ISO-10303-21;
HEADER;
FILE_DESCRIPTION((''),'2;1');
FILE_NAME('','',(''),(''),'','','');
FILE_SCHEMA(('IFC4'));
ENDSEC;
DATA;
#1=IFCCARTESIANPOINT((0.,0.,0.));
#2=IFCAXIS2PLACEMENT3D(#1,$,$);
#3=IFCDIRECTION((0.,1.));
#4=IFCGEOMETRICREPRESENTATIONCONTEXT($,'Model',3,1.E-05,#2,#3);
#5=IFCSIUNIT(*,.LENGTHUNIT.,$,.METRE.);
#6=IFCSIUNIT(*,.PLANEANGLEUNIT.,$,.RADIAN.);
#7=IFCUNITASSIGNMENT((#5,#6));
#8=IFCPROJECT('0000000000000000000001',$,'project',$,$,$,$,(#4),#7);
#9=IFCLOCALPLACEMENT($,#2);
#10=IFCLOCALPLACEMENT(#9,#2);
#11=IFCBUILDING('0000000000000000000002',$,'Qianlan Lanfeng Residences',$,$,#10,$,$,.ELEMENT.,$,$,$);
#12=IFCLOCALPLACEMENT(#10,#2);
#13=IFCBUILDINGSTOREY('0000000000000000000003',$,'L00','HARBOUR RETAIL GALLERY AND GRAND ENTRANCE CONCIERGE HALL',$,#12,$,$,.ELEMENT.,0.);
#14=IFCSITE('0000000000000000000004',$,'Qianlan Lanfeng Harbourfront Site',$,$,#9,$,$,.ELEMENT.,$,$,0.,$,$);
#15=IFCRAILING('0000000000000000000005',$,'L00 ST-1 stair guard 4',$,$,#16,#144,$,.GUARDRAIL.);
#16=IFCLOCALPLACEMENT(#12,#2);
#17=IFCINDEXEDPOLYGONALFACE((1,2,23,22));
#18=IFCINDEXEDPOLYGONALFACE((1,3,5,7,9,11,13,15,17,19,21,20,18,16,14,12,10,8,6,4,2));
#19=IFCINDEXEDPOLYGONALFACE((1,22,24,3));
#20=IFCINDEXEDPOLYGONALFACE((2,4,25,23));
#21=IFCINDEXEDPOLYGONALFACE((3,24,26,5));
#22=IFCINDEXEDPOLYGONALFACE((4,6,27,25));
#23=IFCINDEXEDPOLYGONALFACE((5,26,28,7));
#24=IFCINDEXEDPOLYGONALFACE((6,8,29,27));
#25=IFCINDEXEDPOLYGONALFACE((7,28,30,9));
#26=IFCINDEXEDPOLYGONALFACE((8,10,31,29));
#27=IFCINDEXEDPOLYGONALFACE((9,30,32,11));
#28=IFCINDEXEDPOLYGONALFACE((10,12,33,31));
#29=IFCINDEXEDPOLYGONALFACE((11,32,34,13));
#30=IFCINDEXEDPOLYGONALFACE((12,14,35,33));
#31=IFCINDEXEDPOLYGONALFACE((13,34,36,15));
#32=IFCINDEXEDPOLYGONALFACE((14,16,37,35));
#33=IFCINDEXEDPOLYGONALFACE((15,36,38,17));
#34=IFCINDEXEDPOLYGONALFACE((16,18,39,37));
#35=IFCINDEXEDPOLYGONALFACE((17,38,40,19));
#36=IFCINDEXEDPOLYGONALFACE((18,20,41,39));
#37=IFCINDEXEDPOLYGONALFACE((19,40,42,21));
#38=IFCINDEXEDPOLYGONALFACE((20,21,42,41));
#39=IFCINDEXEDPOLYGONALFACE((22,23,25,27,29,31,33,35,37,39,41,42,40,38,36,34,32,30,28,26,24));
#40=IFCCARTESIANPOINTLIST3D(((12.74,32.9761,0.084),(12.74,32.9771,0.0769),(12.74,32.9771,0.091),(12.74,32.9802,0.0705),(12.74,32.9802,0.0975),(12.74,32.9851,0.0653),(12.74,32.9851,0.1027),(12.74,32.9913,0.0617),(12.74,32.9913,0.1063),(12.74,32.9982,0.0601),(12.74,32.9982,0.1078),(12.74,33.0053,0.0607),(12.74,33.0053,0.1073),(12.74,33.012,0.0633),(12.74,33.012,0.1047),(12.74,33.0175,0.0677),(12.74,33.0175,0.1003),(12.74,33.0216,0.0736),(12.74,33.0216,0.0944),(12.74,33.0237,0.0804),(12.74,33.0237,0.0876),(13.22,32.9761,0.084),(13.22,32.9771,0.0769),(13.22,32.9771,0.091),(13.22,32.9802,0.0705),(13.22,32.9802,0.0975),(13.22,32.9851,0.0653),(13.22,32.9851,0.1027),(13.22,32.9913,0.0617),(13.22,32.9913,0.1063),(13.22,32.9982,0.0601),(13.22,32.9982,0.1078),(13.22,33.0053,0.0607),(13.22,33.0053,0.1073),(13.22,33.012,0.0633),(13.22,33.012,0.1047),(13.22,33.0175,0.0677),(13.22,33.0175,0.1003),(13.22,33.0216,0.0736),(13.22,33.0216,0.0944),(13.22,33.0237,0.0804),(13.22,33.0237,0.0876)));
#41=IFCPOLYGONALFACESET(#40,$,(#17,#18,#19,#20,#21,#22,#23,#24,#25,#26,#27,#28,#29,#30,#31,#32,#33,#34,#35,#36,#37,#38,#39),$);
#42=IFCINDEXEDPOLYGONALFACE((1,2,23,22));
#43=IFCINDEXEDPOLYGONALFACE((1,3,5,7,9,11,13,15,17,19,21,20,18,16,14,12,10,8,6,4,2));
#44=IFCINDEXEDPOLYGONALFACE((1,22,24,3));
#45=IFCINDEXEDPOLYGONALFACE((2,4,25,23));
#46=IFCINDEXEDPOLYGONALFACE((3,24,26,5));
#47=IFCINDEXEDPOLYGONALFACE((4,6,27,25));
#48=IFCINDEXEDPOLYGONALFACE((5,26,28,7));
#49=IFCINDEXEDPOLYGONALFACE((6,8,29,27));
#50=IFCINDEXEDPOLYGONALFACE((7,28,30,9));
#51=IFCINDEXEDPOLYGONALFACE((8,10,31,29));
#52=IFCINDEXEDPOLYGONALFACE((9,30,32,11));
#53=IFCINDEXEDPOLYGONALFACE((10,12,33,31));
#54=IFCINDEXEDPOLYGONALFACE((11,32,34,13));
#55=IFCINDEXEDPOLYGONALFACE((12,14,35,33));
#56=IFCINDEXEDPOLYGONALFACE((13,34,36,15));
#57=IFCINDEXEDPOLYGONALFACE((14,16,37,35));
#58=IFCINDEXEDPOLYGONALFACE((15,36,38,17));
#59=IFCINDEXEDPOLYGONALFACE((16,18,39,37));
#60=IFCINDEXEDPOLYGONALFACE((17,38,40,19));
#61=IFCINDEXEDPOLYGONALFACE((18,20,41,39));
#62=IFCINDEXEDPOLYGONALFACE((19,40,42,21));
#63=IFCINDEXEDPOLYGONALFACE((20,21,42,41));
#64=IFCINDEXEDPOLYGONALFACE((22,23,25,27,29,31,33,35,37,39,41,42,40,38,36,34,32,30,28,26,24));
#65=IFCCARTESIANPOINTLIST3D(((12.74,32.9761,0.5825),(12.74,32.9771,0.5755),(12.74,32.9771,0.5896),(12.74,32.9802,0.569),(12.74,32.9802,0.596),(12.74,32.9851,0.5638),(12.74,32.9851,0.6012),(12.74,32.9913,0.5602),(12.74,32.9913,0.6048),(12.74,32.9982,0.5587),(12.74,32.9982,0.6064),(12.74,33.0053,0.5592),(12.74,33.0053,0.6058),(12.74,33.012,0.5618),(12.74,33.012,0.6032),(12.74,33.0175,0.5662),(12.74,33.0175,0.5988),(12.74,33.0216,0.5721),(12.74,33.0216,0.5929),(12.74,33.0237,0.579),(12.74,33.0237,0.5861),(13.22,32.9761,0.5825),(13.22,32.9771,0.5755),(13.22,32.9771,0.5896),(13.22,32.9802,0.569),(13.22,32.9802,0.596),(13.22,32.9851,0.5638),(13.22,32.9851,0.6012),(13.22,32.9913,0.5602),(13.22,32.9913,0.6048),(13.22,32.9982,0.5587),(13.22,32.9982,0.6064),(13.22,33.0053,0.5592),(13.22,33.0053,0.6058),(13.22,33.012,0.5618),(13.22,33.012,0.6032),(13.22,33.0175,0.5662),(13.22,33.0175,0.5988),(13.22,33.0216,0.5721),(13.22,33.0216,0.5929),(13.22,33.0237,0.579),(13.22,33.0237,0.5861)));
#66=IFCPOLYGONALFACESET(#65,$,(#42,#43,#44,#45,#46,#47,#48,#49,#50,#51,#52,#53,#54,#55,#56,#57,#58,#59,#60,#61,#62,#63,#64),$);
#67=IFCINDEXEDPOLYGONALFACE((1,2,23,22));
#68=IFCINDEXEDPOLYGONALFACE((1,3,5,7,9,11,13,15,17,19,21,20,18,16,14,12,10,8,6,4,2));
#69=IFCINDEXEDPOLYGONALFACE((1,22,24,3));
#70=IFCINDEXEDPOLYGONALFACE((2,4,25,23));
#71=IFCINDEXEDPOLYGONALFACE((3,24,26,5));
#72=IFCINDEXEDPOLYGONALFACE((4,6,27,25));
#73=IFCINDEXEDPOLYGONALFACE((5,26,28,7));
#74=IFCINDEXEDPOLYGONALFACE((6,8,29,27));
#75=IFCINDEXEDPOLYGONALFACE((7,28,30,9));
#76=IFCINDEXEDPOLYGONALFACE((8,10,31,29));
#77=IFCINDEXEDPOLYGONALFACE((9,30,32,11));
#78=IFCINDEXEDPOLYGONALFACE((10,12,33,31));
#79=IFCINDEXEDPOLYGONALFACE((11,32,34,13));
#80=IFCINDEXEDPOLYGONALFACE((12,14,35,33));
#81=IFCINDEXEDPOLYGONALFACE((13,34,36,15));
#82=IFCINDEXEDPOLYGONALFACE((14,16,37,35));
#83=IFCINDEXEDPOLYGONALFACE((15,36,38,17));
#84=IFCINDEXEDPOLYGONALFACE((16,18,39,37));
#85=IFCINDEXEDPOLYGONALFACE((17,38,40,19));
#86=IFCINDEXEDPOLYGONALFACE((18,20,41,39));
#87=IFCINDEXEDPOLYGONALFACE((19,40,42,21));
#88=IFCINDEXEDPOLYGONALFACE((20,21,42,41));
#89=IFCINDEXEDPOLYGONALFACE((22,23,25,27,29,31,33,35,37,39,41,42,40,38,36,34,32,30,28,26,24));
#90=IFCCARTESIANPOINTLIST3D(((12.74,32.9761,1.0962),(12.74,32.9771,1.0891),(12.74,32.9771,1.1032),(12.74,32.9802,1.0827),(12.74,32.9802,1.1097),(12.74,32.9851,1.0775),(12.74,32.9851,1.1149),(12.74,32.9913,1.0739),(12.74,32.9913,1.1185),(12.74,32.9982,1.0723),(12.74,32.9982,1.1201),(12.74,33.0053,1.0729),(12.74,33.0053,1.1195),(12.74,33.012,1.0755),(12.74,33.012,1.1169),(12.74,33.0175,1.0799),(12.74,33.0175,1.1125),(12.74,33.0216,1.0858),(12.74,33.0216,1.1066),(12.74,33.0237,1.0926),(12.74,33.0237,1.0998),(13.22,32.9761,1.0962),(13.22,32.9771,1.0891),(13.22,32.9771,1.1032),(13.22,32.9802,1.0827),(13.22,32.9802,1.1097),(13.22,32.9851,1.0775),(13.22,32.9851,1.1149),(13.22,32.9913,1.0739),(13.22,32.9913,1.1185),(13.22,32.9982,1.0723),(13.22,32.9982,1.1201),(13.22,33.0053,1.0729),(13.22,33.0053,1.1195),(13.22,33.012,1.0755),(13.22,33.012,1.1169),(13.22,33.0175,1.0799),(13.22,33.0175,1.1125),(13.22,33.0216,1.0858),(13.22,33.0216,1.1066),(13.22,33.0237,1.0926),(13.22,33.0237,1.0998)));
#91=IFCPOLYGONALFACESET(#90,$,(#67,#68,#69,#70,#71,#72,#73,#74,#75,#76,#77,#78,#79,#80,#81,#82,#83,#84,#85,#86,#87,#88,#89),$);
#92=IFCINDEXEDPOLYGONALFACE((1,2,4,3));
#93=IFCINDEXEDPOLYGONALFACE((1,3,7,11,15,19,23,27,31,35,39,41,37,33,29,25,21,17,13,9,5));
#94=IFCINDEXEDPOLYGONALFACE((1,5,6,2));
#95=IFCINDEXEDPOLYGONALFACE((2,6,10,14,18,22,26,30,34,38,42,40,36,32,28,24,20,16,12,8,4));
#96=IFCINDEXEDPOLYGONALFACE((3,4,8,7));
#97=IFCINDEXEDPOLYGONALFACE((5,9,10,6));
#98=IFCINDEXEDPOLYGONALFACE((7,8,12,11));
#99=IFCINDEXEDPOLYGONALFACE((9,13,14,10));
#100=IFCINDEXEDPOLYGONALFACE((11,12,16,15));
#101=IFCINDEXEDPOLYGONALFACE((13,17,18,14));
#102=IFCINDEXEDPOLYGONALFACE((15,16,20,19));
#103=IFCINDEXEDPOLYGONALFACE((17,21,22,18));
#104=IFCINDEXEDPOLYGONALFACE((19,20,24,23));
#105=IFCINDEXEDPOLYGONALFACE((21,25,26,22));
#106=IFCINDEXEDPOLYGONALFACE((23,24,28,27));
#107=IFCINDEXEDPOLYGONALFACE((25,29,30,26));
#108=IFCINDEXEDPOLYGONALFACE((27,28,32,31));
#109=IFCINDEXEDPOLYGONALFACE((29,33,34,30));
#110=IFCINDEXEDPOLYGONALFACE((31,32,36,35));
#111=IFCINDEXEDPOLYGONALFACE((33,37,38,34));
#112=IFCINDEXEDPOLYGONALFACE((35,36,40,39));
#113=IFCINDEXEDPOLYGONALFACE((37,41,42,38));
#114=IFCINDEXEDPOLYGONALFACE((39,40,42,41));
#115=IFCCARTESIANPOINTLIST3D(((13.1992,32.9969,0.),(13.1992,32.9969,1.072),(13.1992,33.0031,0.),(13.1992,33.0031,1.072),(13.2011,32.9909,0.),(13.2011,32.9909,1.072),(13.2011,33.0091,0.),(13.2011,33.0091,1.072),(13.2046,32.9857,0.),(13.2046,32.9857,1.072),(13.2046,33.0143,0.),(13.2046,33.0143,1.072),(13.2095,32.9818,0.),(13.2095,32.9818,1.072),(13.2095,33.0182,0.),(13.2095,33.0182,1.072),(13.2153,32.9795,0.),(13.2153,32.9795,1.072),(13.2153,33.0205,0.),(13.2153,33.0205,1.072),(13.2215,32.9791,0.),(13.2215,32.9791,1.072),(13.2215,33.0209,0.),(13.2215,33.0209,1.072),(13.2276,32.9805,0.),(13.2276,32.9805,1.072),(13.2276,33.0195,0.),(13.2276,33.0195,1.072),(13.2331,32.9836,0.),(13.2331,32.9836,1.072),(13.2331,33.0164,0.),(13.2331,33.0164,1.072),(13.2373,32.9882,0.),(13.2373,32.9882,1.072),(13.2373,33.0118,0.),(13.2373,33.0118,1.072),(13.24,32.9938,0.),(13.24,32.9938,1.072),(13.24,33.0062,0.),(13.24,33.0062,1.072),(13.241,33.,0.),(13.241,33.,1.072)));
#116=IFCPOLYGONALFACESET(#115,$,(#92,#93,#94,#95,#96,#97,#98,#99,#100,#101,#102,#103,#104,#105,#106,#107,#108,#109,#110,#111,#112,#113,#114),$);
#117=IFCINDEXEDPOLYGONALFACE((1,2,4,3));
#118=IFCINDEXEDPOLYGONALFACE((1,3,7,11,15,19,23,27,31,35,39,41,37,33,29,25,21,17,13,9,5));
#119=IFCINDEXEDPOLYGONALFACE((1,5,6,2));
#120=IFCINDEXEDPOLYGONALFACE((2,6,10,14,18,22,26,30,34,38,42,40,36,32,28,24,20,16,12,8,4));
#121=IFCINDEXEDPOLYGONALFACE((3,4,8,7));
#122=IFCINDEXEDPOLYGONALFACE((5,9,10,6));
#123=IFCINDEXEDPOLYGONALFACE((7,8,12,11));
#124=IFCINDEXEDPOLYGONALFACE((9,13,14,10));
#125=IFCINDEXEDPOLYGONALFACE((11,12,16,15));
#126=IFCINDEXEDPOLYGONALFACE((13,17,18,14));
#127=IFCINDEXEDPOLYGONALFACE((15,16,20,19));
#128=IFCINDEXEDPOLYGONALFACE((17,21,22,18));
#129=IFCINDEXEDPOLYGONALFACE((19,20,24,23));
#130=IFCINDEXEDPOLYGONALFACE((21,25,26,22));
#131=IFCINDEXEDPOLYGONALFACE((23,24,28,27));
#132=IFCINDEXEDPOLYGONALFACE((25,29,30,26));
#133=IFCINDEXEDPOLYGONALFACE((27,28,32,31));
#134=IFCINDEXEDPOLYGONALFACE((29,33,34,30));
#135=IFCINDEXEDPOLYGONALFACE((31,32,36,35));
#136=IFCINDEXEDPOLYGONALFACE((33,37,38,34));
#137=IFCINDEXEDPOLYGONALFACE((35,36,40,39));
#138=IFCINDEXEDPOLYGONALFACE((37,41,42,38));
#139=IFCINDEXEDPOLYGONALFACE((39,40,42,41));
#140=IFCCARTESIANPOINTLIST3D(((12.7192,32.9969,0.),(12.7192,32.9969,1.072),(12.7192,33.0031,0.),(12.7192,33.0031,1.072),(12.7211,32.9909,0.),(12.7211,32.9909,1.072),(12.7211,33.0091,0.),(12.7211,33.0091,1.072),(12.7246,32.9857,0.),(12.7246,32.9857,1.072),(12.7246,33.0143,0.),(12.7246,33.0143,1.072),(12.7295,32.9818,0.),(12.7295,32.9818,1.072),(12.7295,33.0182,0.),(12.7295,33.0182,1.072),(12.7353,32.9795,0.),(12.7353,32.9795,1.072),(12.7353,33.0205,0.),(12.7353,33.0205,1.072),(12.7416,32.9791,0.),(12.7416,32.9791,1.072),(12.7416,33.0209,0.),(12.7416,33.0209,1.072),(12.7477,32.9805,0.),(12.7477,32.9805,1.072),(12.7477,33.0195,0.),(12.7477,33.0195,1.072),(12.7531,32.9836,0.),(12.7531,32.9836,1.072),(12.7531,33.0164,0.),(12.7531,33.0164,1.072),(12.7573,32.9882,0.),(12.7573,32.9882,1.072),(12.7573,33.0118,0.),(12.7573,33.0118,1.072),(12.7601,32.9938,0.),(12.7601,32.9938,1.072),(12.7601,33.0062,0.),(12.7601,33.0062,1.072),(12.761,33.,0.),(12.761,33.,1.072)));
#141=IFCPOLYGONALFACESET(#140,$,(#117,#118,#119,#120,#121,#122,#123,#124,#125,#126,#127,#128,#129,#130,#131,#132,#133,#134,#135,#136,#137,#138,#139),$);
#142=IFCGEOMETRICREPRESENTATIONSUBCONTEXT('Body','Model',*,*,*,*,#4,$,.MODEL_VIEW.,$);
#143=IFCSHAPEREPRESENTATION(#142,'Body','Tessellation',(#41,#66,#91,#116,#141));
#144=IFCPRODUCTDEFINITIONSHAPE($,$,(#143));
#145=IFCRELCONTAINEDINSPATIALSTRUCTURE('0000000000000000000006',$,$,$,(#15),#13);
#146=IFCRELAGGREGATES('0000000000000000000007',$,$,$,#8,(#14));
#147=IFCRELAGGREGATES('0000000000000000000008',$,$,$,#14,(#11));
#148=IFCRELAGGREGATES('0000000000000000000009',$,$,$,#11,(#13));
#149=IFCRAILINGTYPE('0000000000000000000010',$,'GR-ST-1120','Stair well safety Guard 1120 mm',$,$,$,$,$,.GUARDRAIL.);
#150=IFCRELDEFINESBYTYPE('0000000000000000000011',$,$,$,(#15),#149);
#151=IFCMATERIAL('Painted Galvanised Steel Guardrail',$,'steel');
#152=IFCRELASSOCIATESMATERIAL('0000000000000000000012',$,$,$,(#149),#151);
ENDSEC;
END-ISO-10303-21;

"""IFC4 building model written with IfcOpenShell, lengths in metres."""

from ifc_helpers import new_model, si_unit, direction, frame, origin, origin_2d, place, context, subcontext, project, spatial, circle, extrude, material, type_object, element, save


model = new_model("IFC4")

# Units and contexts
model_context = context("Model", 3, precision=1e-05, world=origin(), true_north=direction((0.0, 1.0)))
body_context = subcontext(model_context, "Body", "Model", "MODEL_VIEW")
ifc_project = project(units=[si_unit("LENGTHUNIT", "METRE"), si_unit("PLANEANGLEUNIT", "RADIAN")], contexts=[model_context])

# Site, building, storey
site_placement = place(None, origin())
site = spatial("IfcSite", under=ifc_project, at=site_placement, Name="Qianlan Lanfeng Harbourfront Site", CompositionType="ELEMENT", RefElevation=0.0)
building_placement = place(site_placement, origin())
building = spatial("IfcBuilding", under=site, at=building_placement, Name="Qianlan Lanfeng Residences", CompositionType="ELEMENT")
storey_placement = place(building_placement, origin())
storey = spatial("IfcBuildingStorey", under=building, at=storey_placement, Name="L00", Description="HARBOUR RETAIL GALLERY AND GRAND ENTRANCE CONCIERGE HALL", CompositionType="ELEMENT", Elevation=0.0)

# Railing
ifc_material_1 = material(Name="Painted Galvanised Steel Guardrail", Category="steel")
railing_type_1 = type_object("IfcRailingType", Name="GR-ST-1120", Description="Stair well safety Guard 1120 mm", PredefinedType="GUARDRAIL", material=ifc_material_1)
railing_1_placement = place(storey_placement, frame((13.22, 33.0, 0.0)))
element("IfcRailing", 1, at=railing_1_placement, inside=storey, type_object=railing_type_1, Name="L00 ST-1 stair guard 4", PredefinedType="GUARDRAIL", context=body_context, shape_type="SweptSolid", body=[
    extrude(circle(Radius=0.0239, at=origin_2d()), frame((0.0, 0.0, 0.084), z_axis=(-1.0, 0.0, 0.0), x_axis=(0.0, -1.0, 0.0)), (0.0, 0.0, 1.0), 0.48),
    extrude(circle(Radius=0.0239, at=origin_2d()), frame((0.0, 0.0, 0.5825), z_axis=(-1.0, 0.0, 0.0), x_axis=(0.0, -1.0, 0.0)), (0.0, 0.0, 1.0), 0.48),
    extrude(circle(Radius=0.0239, at=origin_2d()), frame((0.0, 0.0, 1.0962), z_axis=(-1.0, 0.0, 0.0), x_axis=(0.0, -1.0, 0.0)), (0.0, 0.0, 1.0), 0.48),
    extrude(circle(Radius=0.021, at=origin_2d()), origin(), (0.0, 0.0, 1.0), 1.072),
    extrude(circle(Radius=0.021, at=origin_2d()), frame((-0.48, 0.0, 0.0)), (0.0, 0.0, 1.0), 1.072),
])

save(model, "model.ifc")
